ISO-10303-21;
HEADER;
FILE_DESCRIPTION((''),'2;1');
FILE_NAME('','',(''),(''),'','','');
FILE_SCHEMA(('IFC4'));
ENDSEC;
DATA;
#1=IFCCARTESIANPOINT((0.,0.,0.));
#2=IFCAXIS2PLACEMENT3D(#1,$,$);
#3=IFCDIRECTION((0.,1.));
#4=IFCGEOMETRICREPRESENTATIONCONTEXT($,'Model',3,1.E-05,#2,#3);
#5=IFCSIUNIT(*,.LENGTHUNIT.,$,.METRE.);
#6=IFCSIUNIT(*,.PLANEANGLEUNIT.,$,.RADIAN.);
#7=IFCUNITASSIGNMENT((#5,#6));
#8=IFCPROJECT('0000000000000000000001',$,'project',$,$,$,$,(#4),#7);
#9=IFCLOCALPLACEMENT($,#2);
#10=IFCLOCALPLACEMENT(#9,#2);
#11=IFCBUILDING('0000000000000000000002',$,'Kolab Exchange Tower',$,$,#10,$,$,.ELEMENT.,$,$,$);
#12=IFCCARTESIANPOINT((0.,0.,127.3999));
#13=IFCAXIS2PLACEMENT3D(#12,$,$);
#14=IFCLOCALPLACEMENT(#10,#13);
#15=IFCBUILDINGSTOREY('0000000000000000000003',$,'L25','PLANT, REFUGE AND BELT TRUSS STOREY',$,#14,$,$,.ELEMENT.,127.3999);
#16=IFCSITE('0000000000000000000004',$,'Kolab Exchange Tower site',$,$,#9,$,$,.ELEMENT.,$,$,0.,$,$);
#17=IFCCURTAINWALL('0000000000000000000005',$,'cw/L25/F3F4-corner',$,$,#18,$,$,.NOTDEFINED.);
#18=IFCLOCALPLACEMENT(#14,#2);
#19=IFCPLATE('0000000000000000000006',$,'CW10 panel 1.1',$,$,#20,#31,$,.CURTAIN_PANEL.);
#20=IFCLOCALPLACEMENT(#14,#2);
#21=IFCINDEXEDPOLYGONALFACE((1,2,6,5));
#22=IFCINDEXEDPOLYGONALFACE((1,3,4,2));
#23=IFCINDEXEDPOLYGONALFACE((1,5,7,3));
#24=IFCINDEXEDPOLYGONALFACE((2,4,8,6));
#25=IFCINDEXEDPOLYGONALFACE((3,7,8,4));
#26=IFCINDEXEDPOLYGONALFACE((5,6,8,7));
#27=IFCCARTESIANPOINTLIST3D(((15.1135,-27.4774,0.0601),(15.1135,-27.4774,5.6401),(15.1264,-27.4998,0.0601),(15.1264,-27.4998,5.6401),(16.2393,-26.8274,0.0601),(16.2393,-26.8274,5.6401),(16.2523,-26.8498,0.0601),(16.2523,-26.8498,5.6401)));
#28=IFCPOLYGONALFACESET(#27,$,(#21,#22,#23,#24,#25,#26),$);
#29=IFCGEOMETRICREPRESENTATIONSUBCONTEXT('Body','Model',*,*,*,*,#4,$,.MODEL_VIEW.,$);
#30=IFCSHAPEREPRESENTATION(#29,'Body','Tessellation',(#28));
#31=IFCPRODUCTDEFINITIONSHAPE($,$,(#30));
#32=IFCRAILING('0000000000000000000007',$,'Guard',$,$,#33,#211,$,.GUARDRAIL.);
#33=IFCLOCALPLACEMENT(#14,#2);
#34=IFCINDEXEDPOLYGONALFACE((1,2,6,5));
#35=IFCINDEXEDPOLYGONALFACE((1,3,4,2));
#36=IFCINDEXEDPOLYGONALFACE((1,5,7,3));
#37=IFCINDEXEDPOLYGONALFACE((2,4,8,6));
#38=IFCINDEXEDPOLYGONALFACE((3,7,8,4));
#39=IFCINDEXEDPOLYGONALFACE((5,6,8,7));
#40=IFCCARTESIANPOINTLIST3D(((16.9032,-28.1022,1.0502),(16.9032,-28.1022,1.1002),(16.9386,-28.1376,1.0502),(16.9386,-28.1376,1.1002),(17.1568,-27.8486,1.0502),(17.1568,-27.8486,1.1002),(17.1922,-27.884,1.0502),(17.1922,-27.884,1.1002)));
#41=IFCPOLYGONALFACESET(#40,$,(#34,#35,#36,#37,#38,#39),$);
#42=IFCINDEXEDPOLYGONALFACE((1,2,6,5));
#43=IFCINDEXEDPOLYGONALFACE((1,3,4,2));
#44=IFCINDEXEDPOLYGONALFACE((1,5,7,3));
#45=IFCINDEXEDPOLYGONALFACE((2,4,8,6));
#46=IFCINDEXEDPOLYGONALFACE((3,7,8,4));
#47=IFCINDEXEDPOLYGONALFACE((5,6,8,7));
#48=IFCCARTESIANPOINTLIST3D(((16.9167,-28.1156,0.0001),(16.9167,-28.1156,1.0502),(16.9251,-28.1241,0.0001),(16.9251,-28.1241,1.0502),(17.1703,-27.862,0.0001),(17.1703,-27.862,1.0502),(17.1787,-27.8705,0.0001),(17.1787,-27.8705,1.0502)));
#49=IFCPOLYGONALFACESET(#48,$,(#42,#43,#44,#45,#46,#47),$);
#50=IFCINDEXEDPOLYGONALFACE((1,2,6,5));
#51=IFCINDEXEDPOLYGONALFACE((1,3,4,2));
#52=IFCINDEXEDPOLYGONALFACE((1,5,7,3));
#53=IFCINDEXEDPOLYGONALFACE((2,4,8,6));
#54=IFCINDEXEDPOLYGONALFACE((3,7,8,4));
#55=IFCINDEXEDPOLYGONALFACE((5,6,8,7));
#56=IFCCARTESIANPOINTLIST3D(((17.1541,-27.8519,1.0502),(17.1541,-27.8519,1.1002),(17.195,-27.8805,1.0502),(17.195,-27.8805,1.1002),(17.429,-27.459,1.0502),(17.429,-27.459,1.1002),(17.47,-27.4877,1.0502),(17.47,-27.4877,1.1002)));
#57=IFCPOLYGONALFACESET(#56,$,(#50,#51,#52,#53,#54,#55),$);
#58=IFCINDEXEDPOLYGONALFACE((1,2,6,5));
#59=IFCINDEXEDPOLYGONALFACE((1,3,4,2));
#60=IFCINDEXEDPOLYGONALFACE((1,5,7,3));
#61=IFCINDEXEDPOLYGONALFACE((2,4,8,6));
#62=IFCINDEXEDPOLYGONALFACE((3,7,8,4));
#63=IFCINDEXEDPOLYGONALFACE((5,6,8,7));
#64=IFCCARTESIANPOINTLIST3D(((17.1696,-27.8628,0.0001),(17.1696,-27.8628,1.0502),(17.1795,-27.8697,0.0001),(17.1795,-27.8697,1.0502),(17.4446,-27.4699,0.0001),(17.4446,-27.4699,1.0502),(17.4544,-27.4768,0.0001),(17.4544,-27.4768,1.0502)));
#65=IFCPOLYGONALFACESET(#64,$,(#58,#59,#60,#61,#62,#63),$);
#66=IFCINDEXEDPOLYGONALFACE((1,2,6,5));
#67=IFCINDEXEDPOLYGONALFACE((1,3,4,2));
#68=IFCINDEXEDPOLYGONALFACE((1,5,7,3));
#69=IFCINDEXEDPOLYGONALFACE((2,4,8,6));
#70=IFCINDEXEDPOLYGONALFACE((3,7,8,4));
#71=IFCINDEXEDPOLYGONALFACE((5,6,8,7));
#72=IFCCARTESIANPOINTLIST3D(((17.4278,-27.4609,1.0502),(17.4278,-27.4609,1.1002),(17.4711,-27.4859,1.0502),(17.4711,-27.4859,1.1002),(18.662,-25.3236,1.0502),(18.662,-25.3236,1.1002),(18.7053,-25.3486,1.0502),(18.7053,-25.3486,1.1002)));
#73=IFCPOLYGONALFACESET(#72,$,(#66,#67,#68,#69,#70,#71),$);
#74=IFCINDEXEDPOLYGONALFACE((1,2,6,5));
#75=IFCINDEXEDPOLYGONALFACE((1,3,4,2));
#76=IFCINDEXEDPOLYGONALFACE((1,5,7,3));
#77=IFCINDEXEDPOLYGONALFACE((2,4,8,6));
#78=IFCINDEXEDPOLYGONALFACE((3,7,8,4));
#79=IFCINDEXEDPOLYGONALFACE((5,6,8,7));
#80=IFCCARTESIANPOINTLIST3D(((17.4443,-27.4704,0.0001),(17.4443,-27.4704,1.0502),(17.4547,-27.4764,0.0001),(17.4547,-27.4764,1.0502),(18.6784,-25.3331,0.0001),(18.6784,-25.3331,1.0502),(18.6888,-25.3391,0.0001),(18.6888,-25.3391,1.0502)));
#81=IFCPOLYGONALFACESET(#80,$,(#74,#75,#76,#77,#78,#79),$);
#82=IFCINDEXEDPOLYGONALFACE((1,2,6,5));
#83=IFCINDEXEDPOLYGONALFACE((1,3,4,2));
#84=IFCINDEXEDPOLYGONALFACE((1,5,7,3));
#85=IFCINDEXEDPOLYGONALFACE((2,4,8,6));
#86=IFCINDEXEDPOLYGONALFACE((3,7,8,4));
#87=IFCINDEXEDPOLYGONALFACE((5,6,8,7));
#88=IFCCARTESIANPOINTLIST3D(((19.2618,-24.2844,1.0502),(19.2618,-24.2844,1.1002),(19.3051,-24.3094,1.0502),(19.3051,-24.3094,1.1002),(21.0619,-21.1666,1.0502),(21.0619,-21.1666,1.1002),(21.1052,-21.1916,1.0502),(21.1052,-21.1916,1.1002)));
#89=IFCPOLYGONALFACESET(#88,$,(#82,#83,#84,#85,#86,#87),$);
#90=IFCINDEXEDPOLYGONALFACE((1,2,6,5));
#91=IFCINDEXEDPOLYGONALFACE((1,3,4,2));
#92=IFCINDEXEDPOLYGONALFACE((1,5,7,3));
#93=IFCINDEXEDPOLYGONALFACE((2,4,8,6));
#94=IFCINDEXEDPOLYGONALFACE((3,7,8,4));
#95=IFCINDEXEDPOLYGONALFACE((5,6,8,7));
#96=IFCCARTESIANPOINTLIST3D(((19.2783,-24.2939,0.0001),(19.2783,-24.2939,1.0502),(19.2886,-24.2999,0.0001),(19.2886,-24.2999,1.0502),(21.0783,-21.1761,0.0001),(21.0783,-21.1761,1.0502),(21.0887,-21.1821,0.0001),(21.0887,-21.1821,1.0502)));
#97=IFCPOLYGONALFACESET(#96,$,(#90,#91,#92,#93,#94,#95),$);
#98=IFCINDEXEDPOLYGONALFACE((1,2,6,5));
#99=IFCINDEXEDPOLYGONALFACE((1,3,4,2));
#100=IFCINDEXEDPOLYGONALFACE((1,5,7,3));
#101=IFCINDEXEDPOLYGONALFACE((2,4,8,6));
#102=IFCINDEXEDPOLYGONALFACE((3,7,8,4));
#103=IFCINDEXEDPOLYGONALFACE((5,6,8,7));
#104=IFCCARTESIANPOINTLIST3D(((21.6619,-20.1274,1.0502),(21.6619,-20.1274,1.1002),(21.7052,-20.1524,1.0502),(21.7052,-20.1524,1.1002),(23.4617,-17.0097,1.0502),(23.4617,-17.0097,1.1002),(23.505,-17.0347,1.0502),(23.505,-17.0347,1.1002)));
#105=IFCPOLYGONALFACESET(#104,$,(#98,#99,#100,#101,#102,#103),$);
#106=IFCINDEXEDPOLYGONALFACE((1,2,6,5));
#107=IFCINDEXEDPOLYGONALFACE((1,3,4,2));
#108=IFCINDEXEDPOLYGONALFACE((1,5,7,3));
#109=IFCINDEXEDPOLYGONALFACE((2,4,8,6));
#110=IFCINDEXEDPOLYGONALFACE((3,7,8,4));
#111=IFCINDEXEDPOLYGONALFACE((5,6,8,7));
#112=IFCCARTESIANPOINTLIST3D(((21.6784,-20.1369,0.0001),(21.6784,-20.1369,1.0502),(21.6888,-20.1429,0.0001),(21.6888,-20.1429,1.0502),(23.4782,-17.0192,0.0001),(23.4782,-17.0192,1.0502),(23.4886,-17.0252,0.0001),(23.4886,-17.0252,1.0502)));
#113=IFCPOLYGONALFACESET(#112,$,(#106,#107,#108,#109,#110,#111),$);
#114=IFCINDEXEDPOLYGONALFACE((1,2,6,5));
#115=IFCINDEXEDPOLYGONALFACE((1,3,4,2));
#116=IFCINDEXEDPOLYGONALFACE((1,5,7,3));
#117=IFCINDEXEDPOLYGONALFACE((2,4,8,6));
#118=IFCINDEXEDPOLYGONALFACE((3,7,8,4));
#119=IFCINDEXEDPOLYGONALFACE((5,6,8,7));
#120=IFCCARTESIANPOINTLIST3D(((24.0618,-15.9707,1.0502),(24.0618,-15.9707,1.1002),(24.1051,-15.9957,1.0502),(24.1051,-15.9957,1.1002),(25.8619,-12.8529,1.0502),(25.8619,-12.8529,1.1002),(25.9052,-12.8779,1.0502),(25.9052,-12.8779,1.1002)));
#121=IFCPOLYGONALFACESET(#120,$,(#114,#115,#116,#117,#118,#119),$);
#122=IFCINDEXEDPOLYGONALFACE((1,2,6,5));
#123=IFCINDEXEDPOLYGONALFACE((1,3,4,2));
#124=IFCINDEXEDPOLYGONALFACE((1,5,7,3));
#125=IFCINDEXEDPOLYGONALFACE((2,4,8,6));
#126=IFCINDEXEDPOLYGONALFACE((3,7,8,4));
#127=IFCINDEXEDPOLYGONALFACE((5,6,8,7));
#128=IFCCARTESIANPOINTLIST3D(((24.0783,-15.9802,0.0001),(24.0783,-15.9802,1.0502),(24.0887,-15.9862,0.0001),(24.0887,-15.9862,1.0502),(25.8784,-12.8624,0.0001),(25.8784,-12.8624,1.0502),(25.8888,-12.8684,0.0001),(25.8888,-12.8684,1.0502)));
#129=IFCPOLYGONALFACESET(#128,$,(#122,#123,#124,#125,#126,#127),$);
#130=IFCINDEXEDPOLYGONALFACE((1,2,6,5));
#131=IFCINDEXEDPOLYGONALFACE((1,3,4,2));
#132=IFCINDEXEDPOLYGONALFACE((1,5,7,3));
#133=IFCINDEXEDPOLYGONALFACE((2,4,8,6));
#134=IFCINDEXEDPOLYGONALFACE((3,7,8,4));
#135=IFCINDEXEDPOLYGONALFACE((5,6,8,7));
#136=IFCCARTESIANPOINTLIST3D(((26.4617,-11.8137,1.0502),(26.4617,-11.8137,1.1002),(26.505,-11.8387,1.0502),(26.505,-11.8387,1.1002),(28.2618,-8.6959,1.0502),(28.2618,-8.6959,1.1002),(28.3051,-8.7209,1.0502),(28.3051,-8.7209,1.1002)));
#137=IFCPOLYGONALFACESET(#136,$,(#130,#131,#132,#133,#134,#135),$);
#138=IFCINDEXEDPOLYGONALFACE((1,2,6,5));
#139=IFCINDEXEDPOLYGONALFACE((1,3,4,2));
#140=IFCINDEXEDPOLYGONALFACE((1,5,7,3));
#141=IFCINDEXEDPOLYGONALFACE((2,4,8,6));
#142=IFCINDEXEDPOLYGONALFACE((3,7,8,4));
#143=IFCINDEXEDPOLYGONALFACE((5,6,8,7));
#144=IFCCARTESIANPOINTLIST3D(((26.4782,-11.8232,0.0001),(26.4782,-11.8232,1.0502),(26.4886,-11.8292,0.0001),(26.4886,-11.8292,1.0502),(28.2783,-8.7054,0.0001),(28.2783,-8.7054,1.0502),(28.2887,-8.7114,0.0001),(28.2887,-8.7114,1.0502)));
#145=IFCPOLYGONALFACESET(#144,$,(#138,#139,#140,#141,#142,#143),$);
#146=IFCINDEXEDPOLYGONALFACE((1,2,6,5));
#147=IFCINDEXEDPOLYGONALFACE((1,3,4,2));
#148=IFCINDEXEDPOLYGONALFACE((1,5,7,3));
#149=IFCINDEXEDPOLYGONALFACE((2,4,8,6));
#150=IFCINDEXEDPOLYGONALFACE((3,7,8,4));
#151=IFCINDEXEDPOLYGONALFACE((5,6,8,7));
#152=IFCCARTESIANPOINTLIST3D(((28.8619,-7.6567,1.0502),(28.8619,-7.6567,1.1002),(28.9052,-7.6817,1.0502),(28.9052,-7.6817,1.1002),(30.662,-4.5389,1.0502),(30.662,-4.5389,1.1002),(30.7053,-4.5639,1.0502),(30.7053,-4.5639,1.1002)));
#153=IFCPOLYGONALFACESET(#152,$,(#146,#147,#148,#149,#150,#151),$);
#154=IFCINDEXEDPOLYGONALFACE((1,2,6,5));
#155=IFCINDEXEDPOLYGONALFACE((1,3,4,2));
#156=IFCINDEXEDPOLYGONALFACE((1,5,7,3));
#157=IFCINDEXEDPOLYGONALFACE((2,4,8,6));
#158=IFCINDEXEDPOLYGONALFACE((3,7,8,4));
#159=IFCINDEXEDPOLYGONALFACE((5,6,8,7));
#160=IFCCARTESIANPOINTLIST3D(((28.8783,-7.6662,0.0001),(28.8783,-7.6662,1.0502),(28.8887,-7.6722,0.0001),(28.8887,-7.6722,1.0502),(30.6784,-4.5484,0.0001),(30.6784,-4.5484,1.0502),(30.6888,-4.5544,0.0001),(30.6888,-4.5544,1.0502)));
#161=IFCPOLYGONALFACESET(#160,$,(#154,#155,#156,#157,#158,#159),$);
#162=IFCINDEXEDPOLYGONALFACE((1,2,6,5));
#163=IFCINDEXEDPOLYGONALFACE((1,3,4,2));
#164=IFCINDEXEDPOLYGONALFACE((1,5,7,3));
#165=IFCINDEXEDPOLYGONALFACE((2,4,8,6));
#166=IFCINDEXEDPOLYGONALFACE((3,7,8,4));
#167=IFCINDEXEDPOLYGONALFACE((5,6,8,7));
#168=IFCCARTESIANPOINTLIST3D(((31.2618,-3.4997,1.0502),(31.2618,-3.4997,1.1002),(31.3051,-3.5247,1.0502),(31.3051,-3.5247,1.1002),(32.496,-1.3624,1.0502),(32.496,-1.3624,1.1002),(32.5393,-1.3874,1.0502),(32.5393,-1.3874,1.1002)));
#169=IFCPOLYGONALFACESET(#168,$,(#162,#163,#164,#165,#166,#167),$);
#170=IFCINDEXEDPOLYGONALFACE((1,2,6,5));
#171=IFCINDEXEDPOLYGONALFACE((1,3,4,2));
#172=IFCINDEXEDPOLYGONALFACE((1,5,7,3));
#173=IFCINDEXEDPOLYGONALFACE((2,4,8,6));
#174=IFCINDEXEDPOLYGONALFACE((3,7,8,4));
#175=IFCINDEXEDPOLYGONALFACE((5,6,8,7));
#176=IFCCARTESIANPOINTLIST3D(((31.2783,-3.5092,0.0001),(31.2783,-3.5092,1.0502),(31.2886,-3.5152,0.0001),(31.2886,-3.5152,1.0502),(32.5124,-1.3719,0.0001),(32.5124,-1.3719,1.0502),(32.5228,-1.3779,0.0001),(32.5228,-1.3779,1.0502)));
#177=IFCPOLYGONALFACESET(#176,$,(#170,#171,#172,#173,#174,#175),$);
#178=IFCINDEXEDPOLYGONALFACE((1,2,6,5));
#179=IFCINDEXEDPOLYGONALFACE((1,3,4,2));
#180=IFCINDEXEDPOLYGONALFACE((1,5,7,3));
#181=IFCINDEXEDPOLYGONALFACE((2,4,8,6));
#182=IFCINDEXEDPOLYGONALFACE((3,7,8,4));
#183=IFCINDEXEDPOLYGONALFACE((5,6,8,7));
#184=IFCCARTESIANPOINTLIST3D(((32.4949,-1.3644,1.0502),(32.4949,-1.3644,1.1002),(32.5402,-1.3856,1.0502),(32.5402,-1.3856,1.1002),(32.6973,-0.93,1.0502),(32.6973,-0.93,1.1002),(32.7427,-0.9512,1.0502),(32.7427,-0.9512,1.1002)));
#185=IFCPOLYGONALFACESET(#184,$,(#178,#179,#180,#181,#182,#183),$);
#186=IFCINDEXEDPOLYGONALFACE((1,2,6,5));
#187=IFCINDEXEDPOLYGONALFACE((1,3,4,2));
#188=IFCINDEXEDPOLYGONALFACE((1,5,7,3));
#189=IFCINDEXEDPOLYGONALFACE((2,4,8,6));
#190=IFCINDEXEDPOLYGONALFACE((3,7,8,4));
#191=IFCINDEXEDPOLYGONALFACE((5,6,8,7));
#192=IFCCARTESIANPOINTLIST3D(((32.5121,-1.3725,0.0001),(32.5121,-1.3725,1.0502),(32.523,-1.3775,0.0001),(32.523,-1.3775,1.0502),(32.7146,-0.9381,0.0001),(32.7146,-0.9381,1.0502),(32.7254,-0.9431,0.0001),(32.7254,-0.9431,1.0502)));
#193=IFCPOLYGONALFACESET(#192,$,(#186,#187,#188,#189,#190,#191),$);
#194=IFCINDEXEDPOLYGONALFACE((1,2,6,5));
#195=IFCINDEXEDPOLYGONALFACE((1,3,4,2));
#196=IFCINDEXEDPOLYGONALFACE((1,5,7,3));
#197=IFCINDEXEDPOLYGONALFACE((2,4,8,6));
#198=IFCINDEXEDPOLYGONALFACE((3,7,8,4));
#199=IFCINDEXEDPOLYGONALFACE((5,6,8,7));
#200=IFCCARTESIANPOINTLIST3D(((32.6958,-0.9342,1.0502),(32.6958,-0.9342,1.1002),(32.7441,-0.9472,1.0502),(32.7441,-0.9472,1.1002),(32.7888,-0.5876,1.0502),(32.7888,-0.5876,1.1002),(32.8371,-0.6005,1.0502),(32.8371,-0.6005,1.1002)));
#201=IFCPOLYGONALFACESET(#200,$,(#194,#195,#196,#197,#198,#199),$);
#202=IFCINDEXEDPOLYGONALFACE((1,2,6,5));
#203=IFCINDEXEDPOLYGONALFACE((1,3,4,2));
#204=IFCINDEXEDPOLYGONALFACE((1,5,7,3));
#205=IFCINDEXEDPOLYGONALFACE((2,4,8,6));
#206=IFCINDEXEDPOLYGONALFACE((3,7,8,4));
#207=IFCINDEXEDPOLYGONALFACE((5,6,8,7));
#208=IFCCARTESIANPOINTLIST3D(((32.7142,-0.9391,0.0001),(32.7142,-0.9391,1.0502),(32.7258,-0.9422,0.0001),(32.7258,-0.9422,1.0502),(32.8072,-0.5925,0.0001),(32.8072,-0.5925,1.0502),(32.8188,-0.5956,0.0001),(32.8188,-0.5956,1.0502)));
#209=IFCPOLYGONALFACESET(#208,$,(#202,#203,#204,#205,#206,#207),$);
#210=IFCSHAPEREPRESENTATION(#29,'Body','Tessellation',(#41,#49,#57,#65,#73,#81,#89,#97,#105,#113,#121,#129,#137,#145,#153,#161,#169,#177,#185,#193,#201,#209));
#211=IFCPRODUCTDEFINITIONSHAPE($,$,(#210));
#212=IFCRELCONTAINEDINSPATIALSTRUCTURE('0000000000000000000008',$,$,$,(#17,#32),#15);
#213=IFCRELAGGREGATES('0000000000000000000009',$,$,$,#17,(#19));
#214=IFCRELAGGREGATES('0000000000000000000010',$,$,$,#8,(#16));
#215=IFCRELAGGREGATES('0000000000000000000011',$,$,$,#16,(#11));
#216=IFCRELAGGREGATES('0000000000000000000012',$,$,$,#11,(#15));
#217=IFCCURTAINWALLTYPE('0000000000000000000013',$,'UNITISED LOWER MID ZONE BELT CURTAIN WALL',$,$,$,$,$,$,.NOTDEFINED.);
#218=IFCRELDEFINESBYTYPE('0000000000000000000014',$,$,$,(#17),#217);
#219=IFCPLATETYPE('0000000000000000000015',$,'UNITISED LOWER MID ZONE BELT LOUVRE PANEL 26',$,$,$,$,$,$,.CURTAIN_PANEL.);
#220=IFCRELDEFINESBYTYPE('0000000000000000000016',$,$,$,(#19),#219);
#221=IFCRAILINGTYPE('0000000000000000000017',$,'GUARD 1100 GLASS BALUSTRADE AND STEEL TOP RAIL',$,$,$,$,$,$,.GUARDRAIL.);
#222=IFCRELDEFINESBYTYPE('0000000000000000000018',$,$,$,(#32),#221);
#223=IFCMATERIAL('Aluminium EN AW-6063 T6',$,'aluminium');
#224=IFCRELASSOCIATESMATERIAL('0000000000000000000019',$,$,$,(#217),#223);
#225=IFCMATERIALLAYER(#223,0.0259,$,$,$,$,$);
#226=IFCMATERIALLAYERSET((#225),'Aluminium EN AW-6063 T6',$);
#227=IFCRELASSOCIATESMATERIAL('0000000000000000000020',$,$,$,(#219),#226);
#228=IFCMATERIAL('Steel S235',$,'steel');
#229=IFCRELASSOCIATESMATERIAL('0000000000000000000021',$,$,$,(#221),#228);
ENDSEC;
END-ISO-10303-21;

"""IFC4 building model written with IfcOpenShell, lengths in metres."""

from ifc_helpers import new_model, si_unit, direction, frame, frame_2d, origin, origin_2d, place, context, subcontext, project, spatial, rectangle, extrude, material, layer, layer_set, type_object, element, aggregate, save


model = new_model("IFC4")

# Units and contexts
model_context = context("Model", 3, precision=1e-05, world=origin(), true_north=direction((0.0, 1.0)))
body_context = subcontext(model_context, "Body", "Model", "MODEL_VIEW")
ifc_project = project(units=[si_unit("LENGTHUNIT", "METRE"), si_unit("PLANEANGLEUNIT", "RADIAN")], contexts=[model_context])

# Site, building, storey
site_placement = place(None, origin())
site = spatial("IfcSite", under=ifc_project, at=site_placement, Name="Kolab Exchange Tower site", CompositionType="ELEMENT", RefElevation=0.0)
building_placement = place(site_placement, origin())
building = spatial("IfcBuilding", under=site, at=building_placement, Name="Kolab Exchange Tower", CompositionType="ELEMENT")
storey_placement = place(building_placement, frame((0.0, 0.0, 127.3999)))
storey = spatial("IfcBuildingStorey", under=building, at=storey_placement, Name="L25", Description="PLANT, REFUGE AND BELT TRUSS STOREY", CompositionType="ELEMENT", Elevation=127.3999)

# Curtain wall
ifc_material_1 = material(Name="Aluminium EN AW-6063 T6", Category="aluminium")
curtain_wall_type = type_object("IfcCurtainWallType", Name="UNITISED LOWER MID ZONE BELT CURTAIN WALL", PredefinedType="NOTDEFINED", material=ifc_material_1)
curtain_wall_1_placement = place(storey_placement, origin())
curtain_wall_1 = element("IfcCurtainWall", 1, at=curtain_wall_1_placement, inside=storey, type_object=curtain_wall_type, Name="cw/L25/F3F4-corner", PredefinedType="NOTDEFINED")

# Plate
ifc_layer = layer(ifc_material_1, 0.0259)
ifc_layer_set = layer_set([ifc_layer], Name="Aluminium EN AW-6063 T6")
plate_type = type_object("IfcPlateType", Name="UNITISED LOWER MID ZONE BELT LOUVRE PANEL 26", PredefinedType="CURTAIN_PANEL", material=ifc_layer_set)
plate_1_placement = place(storey_placement, frame((15.6829, -27.1636, 0.0601), z_axis=(0.0, 0.0, 1.0), x_axis=(-0.866025, -0.5, 0.0)))
plate_1 = element("IfcPlate", 2, at=plate_1_placement, type_object=plate_type, Name="CW10 panel 1.1", PredefinedType="CURTAIN_PANEL", context=body_context, shape_type="SweptSolid", body=[
    extrude(rectangle(XDim=1.3, YDim=0.0259, at=origin_2d()), origin(), (0.0, 0.0, 1.0), 5.5801),
])
aggregate(curtain_wall_1, [plate_1])

# Railing
ifc_material_2 = material(Name="Steel S235", Category="steel")
railing_type = type_object("IfcRailingType", Name="GUARD 1100 GLASS BALUSTRADE AND STEEL TOP RAIL", PredefinedType="GUARDRAIL", material=ifc_material_2)
railing_1_placement = place(storey_placement, frame((16.9209, -28.1199, 0.0)))
element("IfcRailing", 3, at=railing_1_placement, inside=storey, type_object=railing_type, Name="Guard", PredefinedType="GUARDRAIL", context=body_context, shape_type="SweptSolid", body=[
    extrude(rectangle(XDim=0.05, YDim=0.05, at=origin_2d()), frame((0.0, 0.0, 1.0752), z_axis=(0.707107, 0.707107, 0.0), x_axis=(-0.707107, 0.707107, 0.0)), (0.0, 0.0, 1.0), 0.3586),
    extrude(rectangle(XDim=0.012, YDim=1.0501, at=frame_2d((0.0, 0.5251))), frame((0.0, 0.0, 0.0), z_axis=(0.707107, 0.707107, 0.0), x_axis=(-0.707107, 0.707107, 0.0)), (0.0, 0.0, 1.0), 0.3586),
    extrude(rectangle(XDim=0.05, YDim=0.05, at=origin_2d()), frame((0.2537, 0.2537, 1.0752), z_axis=(0.57336, 0.819304, 0.0), x_axis=(-0.819304, 0.57336, 0.0)), (0.0, 0.0, 1.0), 0.4795),
    extrude(rectangle(XDim=0.012, YDim=1.0501, at=frame_2d((0.0, 0.5251))), frame((0.2537, 0.2537, 0.0), z_axis=(0.57336, 0.819304, 0.0), x_axis=(-0.819304, 0.57336, 0.0)), (0.0, 0.0, 1.0), 0.4795),
    extrude(rectangle(XDim=0.05, YDim=0.05, at=origin_2d()), frame((0.5286, 0.6465, 1.0752), z_axis=(0.500065, 0.865988, 0.0), x_axis=(-0.865988, 0.500065, 0.0)), (0.0, 0.0, 1.0), 2.468),
    extrude(rectangle(XDim=0.012, YDim=1.0501, at=frame_2d((0.0, 0.5251))), frame((0.5286, 0.6465, 0.0), z_axis=(0.500065, 0.865988, 0.0), x_axis=(-0.865988, 0.500065, 0.0)), (0.0, 0.0, 1.0), 2.468),
    extrude(rectangle(XDim=0.05, YDim=0.05, at=origin_2d()), frame((2.3625, 3.823, 1.0752), z_axis=(0.500012, 0.866018, 0.0), x_axis=(-0.866018, 0.500012, 0.0)), (0.0, 0.0, 1.0), 3.6001),
    extrude(rectangle(XDim=0.012, YDim=1.0501, at=frame_2d((0.0, 0.5251))), frame((2.3625, 3.823, 0.0), z_axis=(0.500012, 0.866018, 0.0), x_axis=(-0.866018, 0.500012, 0.0)), (0.0, 0.0, 1.0), 3.6001),
    extrude(rectangle(XDim=0.05, YDim=0.05, at=origin_2d()), frame((4.7627, 7.98, 1.0752), z_axis=(0.499961, 0.866048, 0.0), x_axis=(-0.866048, 0.499961, 0.0)), (0.0, 0.0, 1.0), 3.5999),
    extrude(rectangle(XDim=0.012, YDim=1.0501, at=frame_2d((0.0, 0.5251))), frame((4.7627, 7.98, 0.0), z_axis=(0.499961, 0.866048, 0.0), x_axis=(-0.866048, 0.499961, 0.0)), (0.0, 0.0, 1.0), 3.5999),
    extrude(rectangle(XDim=0.05, YDim=0.05, at=origin_2d()), frame((7.1626, 12.1367, 1.0752), z_axis=(0.500012, 0.866018, 0.0), x_axis=(-0.866018, 0.500012, 0.0)), (0.0, 0.0, 1.0), 3.6001),
    extrude(rectangle(XDim=0.012, YDim=1.0501, at=frame_2d((0.0, 0.5251))), frame((7.1626, 12.1367, 0.0), z_axis=(0.500012, 0.866018, 0.0), x_axis=(-0.866018, 0.500012, 0.0)), (0.0, 0.0, 1.0), 3.6001),
    extrude(rectangle(XDim=0.05, YDim=0.05, at=origin_2d()), frame((9.5625, 16.2937, 1.0752), z_axis=(0.500012, 0.866018, 0.0), x_axis=(-0.866018, 0.500012, 0.0)), (0.0, 0.0, 1.0), 3.6001),
    extrude(rectangle(XDim=0.012, YDim=1.0501, at=frame_2d((0.0, 0.5251))), frame((9.5625, 16.2937, 0.0), z_axis=(0.500012, 0.866018, 0.0), x_axis=(-0.866018, 0.500012, 0.0)), (0.0, 0.0, 1.0), 3.6001),
    extrude(rectangle(XDim=0.05, YDim=0.05, at=origin_2d()), frame((11.9626, 20.4507, 1.0752), z_axis=(0.500012, 0.866018, 0.0), x_axis=(-0.866018, 0.500012, 0.0)), (0.0, 0.0, 1.0), 3.6001),
    extrude(rectangle(XDim=0.012, YDim=1.0501, at=frame_2d((0.0, 0.5251))), frame((11.9626, 20.4507, 0.0), z_axis=(0.500012, 0.866018, 0.0), x_axis=(-0.866018, 0.500012, 0.0)), (0.0, 0.0, 1.0), 3.6001),
    extrude(rectangle(XDim=0.05, YDim=0.05, at=origin_2d()), frame((14.3625, 24.6077, 1.0752), z_axis=(0.500065, 0.865988, 0.0), x_axis=(-0.865988, 0.500065, 0.0)), (0.0, 0.0, 1.0), 2.468),
    extrude(rectangle(XDim=0.012, YDim=1.0501, at=frame_2d((0.0, 0.5251))), frame((14.3625, 24.6077, 0.0), z_axis=(0.500065, 0.865988, 0.0), x_axis=(-0.865988, 0.500065, 0.0)), (0.0, 0.0, 1.0), 2.468),
    extrude(rectangle(XDim=0.05, YDim=0.05, at=origin_2d()), frame((15.5967, 26.7449, 1.0752), z_axis=(0.422383, 0.906417, 0.0), x_axis=(-0.906417, 0.422383, 0.0)), (0.0, 0.0, 1.0), 0.4792),
    extrude(rectangle(XDim=0.012, YDim=1.0501, at=frame_2d((0.0, 0.5251))), frame((15.5967, 26.7449, 0.0), z_axis=(0.422383, 0.906417, 0.0), x_axis=(-0.906417, 0.422383, 0.0)), (0.0, 0.0, 1.0), 0.4792),
    extrude(rectangle(XDim=0.05, YDim=0.05, at=origin_2d()), frame((15.7991, 27.1792, 1.0752), z_axis=(0.259144, 0.965839, 0.0), x_axis=(-0.965839, 0.259144, 0.0)), (0.0, 0.0, 1.0), 0.3589),
    extrude(rectangle(XDim=0.012, YDim=1.0501, at=frame_2d((0.0, 0.5251))), frame((15.7991, 27.1792, 0.0), z_axis=(0.259144, 0.965839, 0.0), x_axis=(-0.965839, 0.259144, 0.0)), (0.0, 0.0, 1.0), 0.3589),
])

save(model, "model.ifc")
